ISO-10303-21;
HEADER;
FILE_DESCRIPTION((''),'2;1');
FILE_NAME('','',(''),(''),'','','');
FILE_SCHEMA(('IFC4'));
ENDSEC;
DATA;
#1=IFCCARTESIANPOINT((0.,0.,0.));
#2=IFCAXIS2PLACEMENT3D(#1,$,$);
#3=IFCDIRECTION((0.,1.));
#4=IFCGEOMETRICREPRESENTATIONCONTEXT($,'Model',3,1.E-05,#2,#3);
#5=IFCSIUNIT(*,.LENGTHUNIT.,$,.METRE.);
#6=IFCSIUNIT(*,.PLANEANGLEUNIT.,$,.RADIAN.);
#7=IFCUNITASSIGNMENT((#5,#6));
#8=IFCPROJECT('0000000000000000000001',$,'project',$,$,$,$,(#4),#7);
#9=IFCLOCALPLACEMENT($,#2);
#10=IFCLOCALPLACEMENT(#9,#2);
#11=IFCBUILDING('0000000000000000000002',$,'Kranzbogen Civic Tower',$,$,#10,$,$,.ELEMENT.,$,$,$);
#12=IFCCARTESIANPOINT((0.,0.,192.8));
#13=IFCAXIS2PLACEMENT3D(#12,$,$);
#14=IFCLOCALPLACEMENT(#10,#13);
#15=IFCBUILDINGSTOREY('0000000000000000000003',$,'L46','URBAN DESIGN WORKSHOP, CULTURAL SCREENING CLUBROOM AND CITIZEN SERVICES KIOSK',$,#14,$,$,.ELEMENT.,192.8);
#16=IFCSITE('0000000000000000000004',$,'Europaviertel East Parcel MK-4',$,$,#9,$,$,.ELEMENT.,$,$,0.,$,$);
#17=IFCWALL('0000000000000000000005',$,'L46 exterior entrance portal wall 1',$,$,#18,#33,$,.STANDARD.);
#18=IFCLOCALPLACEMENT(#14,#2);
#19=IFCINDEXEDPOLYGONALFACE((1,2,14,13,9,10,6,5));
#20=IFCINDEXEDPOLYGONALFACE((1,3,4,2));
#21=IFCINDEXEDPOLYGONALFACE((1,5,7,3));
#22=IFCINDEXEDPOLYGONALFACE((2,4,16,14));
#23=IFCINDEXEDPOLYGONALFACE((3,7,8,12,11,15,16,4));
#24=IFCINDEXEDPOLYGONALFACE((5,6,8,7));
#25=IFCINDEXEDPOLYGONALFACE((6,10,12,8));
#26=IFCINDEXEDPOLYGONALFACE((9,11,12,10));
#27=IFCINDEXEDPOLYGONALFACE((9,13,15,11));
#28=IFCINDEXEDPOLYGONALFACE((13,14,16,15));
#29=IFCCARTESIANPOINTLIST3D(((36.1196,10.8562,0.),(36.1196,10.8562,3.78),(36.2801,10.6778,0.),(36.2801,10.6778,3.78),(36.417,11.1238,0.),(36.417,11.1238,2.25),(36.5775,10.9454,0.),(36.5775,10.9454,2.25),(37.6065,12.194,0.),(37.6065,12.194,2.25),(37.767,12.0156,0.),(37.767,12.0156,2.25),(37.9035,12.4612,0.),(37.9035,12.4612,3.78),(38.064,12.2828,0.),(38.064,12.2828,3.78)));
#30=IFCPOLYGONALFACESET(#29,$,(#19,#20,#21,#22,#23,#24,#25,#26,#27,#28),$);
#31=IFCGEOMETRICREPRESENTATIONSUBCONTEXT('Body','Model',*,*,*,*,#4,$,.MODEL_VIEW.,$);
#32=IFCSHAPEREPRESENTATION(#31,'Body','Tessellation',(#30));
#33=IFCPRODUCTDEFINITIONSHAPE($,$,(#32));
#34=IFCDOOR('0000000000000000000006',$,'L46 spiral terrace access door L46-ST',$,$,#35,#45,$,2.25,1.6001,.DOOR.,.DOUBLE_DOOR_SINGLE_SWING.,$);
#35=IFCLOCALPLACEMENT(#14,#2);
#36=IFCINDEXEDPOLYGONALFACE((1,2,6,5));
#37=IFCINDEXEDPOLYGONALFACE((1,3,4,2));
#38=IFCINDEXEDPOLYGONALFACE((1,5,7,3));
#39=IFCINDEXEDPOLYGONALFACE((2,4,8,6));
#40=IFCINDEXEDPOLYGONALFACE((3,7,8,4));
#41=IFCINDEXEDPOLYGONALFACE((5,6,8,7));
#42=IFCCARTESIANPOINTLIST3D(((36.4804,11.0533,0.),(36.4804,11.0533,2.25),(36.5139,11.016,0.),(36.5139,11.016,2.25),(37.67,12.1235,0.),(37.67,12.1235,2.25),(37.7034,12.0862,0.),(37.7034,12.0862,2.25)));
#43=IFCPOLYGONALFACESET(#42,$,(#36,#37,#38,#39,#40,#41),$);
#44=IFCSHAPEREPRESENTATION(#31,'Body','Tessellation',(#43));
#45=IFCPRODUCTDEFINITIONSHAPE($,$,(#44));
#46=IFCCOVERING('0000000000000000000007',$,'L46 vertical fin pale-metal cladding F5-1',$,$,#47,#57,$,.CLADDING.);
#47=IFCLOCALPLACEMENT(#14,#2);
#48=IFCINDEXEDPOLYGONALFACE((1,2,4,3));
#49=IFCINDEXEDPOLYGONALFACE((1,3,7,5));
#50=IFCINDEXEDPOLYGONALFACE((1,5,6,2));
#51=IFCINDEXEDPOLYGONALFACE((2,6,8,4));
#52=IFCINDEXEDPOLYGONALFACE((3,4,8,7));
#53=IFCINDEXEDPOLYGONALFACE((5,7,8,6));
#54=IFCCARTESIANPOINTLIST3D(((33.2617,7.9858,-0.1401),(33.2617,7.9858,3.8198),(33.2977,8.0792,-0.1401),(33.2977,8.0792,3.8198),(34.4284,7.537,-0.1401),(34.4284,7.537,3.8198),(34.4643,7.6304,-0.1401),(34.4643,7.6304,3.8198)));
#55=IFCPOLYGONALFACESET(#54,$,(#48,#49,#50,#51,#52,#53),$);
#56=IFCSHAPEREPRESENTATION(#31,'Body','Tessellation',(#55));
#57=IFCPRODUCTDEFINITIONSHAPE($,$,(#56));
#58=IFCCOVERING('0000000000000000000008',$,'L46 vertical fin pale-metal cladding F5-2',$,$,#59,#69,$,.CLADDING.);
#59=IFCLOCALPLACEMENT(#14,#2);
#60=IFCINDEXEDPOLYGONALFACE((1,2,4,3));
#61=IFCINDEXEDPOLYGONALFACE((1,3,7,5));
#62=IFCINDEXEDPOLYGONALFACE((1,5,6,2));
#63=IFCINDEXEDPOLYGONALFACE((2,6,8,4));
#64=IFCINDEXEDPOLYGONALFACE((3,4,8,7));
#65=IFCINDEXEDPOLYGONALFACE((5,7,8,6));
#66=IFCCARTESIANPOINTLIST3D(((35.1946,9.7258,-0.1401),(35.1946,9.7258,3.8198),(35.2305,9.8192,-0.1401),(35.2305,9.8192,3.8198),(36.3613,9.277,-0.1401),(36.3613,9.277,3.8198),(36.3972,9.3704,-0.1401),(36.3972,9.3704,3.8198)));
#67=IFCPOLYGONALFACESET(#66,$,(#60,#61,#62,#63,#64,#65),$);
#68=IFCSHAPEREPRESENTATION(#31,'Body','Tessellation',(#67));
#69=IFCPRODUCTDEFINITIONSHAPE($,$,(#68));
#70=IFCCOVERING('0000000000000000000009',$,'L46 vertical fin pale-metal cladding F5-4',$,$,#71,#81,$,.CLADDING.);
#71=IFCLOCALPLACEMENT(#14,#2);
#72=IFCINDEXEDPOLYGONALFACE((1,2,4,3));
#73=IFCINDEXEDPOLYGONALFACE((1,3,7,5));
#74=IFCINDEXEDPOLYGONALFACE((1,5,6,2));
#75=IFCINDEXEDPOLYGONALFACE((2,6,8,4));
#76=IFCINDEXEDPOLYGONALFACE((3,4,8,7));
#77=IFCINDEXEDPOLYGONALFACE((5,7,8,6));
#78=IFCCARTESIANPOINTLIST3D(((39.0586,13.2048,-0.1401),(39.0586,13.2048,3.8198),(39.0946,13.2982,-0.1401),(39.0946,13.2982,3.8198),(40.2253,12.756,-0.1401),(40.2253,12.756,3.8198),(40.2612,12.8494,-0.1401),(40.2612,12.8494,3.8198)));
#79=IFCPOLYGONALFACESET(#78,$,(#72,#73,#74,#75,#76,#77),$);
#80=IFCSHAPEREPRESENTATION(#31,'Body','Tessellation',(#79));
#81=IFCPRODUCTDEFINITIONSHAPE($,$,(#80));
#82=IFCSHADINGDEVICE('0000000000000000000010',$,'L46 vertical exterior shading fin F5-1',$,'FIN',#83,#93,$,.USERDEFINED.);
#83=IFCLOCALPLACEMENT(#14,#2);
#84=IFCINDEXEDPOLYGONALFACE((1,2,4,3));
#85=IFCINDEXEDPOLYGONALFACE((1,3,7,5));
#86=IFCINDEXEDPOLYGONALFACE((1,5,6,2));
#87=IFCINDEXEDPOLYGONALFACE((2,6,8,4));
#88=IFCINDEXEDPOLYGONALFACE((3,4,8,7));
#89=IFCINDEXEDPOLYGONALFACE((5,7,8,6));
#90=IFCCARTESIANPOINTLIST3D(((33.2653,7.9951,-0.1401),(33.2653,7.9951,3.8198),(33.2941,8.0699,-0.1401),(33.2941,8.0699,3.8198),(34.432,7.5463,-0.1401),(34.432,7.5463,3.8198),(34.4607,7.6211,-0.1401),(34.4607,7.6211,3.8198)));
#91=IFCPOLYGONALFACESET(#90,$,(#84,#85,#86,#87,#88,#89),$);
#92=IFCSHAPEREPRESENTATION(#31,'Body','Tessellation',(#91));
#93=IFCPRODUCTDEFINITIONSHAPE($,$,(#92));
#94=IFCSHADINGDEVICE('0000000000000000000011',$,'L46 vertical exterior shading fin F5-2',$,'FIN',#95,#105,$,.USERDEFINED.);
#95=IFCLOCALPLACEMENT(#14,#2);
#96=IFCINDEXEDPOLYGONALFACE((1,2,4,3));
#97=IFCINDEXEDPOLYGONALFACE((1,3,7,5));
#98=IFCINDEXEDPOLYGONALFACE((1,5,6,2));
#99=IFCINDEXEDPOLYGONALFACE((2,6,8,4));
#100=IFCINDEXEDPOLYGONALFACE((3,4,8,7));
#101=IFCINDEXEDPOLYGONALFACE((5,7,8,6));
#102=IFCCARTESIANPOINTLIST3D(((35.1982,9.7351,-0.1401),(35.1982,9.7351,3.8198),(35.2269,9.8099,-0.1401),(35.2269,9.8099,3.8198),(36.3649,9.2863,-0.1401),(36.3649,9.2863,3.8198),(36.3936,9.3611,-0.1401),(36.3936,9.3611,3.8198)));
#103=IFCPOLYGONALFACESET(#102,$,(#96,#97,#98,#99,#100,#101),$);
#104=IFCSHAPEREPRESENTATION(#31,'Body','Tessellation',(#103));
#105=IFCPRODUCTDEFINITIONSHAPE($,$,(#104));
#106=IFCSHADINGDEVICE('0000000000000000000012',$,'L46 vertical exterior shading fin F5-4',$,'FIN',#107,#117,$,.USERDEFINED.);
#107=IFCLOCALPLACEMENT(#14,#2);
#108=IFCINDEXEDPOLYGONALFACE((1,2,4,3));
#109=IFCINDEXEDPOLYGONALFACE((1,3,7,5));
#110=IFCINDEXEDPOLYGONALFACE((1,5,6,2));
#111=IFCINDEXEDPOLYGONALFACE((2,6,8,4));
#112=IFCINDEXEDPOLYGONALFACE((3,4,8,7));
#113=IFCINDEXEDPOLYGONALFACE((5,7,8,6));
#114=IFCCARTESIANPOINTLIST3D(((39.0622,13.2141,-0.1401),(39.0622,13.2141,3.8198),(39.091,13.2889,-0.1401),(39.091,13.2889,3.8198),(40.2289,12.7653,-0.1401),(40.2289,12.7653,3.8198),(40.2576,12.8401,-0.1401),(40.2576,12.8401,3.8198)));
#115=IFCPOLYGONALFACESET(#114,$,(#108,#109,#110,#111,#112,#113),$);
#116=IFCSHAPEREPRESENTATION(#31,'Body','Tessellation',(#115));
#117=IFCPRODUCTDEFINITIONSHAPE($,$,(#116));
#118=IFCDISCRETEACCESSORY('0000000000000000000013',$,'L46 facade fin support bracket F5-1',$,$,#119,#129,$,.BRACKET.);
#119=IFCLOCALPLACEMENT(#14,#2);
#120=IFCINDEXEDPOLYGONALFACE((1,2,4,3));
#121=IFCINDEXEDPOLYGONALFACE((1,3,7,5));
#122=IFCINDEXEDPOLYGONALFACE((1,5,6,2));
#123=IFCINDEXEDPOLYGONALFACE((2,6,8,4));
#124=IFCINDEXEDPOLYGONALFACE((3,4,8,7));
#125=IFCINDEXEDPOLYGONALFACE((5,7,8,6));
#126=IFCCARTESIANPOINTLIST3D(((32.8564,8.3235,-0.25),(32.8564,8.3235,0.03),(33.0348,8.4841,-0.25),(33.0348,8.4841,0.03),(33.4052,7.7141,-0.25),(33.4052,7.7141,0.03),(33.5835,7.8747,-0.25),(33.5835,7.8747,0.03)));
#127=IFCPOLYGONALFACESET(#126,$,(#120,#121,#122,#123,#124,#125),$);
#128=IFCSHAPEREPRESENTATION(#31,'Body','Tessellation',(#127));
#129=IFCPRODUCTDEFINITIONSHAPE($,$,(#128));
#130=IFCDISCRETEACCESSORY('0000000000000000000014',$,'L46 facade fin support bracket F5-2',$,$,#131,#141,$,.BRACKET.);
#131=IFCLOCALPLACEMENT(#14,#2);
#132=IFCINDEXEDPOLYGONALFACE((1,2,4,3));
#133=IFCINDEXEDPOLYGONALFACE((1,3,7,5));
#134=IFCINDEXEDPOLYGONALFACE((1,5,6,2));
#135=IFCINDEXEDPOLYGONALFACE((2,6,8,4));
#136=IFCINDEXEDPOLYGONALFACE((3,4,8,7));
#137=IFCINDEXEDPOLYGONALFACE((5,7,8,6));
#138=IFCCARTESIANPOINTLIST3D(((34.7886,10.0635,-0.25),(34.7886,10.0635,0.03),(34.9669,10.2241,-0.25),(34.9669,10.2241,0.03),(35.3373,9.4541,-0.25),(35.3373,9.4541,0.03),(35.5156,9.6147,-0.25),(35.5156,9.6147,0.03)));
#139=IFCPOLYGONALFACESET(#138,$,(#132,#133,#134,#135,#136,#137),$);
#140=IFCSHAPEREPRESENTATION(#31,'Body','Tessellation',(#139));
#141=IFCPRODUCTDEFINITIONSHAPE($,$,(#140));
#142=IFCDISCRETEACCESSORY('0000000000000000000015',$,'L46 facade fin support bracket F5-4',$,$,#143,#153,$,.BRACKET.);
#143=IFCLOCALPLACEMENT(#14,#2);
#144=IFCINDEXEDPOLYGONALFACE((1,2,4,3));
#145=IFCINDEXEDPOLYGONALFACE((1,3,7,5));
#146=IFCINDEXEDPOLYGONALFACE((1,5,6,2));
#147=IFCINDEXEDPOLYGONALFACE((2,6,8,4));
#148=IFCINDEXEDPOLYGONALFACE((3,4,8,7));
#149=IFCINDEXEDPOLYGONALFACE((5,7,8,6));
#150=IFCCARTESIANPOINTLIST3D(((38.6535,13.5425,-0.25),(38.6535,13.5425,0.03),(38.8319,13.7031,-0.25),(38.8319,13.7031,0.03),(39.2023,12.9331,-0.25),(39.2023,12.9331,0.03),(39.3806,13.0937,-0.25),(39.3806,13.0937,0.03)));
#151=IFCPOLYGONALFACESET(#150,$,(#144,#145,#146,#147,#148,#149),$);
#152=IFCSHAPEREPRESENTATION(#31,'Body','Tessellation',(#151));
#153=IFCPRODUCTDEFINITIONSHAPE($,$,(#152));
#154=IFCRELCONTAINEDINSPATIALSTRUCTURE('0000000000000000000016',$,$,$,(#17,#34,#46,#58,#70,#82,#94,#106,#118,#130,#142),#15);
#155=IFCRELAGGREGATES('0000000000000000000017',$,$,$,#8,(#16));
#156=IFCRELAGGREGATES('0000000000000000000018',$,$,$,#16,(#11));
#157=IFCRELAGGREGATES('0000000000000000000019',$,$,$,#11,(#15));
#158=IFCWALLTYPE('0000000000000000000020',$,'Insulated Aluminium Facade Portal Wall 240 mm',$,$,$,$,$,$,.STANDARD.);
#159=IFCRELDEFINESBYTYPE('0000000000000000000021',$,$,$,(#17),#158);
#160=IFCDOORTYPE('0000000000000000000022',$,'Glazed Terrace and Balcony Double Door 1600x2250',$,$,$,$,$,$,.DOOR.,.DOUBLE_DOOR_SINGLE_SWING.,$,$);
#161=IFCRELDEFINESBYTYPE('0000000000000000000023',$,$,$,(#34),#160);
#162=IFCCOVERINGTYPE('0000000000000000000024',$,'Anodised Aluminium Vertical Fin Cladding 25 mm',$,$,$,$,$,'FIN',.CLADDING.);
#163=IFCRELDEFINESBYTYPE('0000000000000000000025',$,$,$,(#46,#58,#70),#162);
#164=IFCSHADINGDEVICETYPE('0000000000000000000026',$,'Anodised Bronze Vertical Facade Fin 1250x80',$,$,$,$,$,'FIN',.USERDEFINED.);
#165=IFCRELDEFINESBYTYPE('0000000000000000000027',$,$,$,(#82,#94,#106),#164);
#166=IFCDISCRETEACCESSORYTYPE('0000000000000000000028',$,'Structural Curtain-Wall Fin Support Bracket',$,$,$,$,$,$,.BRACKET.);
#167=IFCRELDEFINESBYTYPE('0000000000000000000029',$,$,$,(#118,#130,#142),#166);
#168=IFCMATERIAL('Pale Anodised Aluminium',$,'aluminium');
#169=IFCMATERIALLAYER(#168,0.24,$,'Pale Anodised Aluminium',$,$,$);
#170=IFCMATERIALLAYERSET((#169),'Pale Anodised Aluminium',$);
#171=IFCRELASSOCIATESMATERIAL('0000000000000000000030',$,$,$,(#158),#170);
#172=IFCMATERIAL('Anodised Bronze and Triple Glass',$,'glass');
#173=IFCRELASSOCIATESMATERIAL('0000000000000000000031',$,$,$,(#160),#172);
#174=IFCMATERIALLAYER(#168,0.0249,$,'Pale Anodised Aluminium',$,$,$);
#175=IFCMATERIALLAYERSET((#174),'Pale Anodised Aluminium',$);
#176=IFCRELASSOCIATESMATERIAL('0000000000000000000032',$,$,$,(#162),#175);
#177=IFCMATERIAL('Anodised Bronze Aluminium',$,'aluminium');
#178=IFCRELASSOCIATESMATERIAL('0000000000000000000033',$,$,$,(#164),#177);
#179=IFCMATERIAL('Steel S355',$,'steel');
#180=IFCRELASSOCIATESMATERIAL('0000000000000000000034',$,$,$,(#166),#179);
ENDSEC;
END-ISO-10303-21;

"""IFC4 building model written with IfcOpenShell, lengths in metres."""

from ifc_helpers import new_model, si_unit, direction, frame, frame_2d, origin, origin_2d, place, context, subcontext, project, spatial, rectangle, extrude, material, layer, layer_set, type_object, element, fill, save


model = new_model("IFC4")

# Units and contexts
model_context = context("Model", 3, precision=1e-05, world=origin(), true_north=direction((0.0, 1.0)))
body_context = subcontext(model_context, "Body", "Model", "MODEL_VIEW")
ifc_project = project(units=[si_unit("LENGTHUNIT", "METRE"), si_unit("PLANEANGLEUNIT", "RADIAN")], contexts=[model_context])

# Site, building, storey
site_placement = place(None, origin())
site = spatial("IfcSite", under=ifc_project, at=site_placement, Name="Europaviertel East Parcel MK-4", CompositionType="ELEMENT", RefElevation=0.0)
building_placement = place(site_placement, origin())
building = spatial("IfcBuilding", under=site, at=building_placement, Name="Kranzbogen Civic Tower", CompositionType="ELEMENT")
storey_placement = place(building_placement, frame((0.0, 0.0, 192.8)))
storey = spatial("IfcBuildingStorey", under=building, at=storey_placement, Name="L46", Description="URBAN DESIGN WORKSHOP, CULTURAL SCREENING CLUBROOM AND CITIZEN SERVICES KIOSK", CompositionType="ELEMENT", Elevation=192.8)

# Shared definitions
ifc_material_1 = material(Name="Steel S355", Category="steel")

# Shared definitions
ifc_material_2 = material(Name="Pale Anodised Aluminium", Category="aluminium")

# Wall, opening, door
ifc_layer_1 = layer(ifc_material_2, 0.24, Name="Pale Anodised Aluminium")
ifc_layer_set_1 = layer_set([ifc_layer_1], Name="Pale Anodised Aluminium")
wall_type_1 = type_object("IfcWallType", Name="Insulated Aluminium Facade Portal Wall 240 mm", PredefinedType="STANDARD", material=ifc_layer_set_1)
wall_1_placement = place(storey_placement, frame((36.2, 10.7671, 0.0), z_axis=(0.0, 0.0, 1.0), x_axis=(0.74341, 0.668835, 0.0)))
wall_1 = element("IfcWall", 1, at=wall_1_placement, inside=storey, type_object=wall_type_1, Name="L46 exterior entrance portal wall 1", PredefinedType="STANDARD", context=body_context, shape_type="SweptSolid", body=[
    extrude(rectangle(XDim=2.3997, YDim=0.24, at=frame_2d((1.1997, 0.0))), origin(), (0.0, 0.0, 1.0), 3.78),
])
opening_placement = place(wall_1_placement, frame((0.3999, 0.0, 0.0)))
opening = element("IfcOpeningElement", 2, at=opening_placement, cuts=wall_1, PredefinedType="OPENING", context=body_context, shape_type="SweptSolid", body=[
    extrude(rectangle(XDim=1.6001, YDim=2.25, at=frame_2d((0.8, 1.125))), frame((0.0, 0.1299, 0.0), z_axis=(0.0, -1.0, 0.0), x_axis=(1.0, 0.0, 0.0)), (0.0, 0.0, 1.0), 0.26),
])
ifc_material_3 = material(Name="Anodised Bronze and Triple Glass", Category="glass")
door_type = type_object("IfcDoorType", Name="Glazed Terrace and Balcony Double Door 1600x2250", OperationType="DOUBLE_DOOR_SINGLE_SWING", PredefinedType="DOOR", material=ifc_material_3)
door_placement = place(opening_placement, frame((1.6001, 0.0, 0.0), z_axis=(0.0, 0.0, 1.0), x_axis=(-1.0, 0.0, 0.0)))
door = element("IfcDoor", 3, at=door_placement, inside=storey, type_object=door_type, Name="L46 spiral terrace access door L46-ST", OperationType="DOUBLE_DOOR_SINGLE_SWING", OverallHeight=2.25, OverallWidth=1.6001, PredefinedType="DOOR", context=body_context, shape_type="SweptSolid", body=[
    extrude(rectangle(XDim=1.6001, YDim=2.25, at=frame_2d((0.8, 1.125))), frame((0.0, 0.0249, 0.0), z_axis=(0.0, -1.0, 0.0), x_axis=(1.0, 0.0, 0.0)), (0.0, 0.0, 1.0), 0.05),
])
fill(opening, door)

# Coverings
ifc_layer_2 = layer(ifc_material_2, 0.0249, Name="Pale Anodised Aluminium")
ifc_layer_set_2 = layer_set([ifc_layer_2], Name="Pale Anodised Aluminium")
covering_type = type_object("IfcCoveringType", Name="Anodised Aluminium Vertical Fin Cladding 25 mm", ElementType="FIN", PredefinedType="CLADDING", material=ifc_layer_set_2)
for number, where, z_axis, x_axis, name in (
    (4, (33.863, 7.8081, -0.1401), (0.0, 0.0, 1.0), (0.933324, -0.359036, 0.0), "L46 vertical fin pale-metal cladding F5-1"),
    (5, (35.7959, 9.5481, -0.1401), (0.0, 0.0, 1.0), (0.933324, -0.359036, 0.0), "L46 vertical fin pale-metal cladding F5-2"),
    (6, (39.6599, 13.0271, -0.1401), (0.0, 0.0, 1.0), (0.933324, -0.359036, 0.0), "L46 vertical fin pale-metal cladding F5-4"),
):
    element("IfcCovering", number, at=place(storey_placement, frame(where, z_axis=z_axis, x_axis=x_axis)), inside=storey, type_object=covering_type, Name=name, PredefinedType="CLADDING", context=body_context, shape_type="SweptSolid", body=[
        extrude(rectangle(XDim=1.25, YDim=0.1001, at=origin_2d()), origin(), (0.0, 0.0, 1.0), 3.96),
    ])

# Shading devices
ifc_material_4 = material(Name="Anodised Bronze Aluminium", Category="aluminium")
shading_device_type = type_object("IfcShadingDeviceType", Name="Anodised Bronze Vertical Facade Fin 1250x80", ElementType="FIN", PredefinedType="USERDEFINED", material=ifc_material_4)
for number, where, z_axis, x_axis, name in (
    (7, (33.863, 7.8081, -0.1401), (0.0, 0.0, 1.0), (0.933324, -0.359036, 0.0), "L46 vertical exterior shading fin F5-1"),
    (8, (35.7959, 9.5481, -0.1401), (0.0, 0.0, 1.0), (0.933324, -0.359036, 0.0), "L46 vertical exterior shading fin F5-2"),
    (9, (39.6599, 13.0271, -0.1401), (0.0, 0.0, 1.0), (0.933324, -0.359036, 0.0), "L46 vertical exterior shading fin F5-4"),
):
    element("IfcShadingDevice", number, at=place(storey_placement, frame(where, z_axis=z_axis, x_axis=x_axis)), inside=storey, type_object=shading_device_type, Name=name, ObjectType="FIN", PredefinedType="USERDEFINED", context=body_context, shape_type="SweptSolid", body=[
        extrude(rectangle(XDim=1.25, YDim=0.0801, at=origin_2d()), origin(), (0.0, 0.0, 1.0), 3.96),
    ])

# Discrete accessories
discrete_accessory_type = type_object("IfcDiscreteAccessoryType", Name="Structural Curtain-Wall Fin Support Bracket", PredefinedType="BRACKET", material=ifc_material_1)
for number, where, z_axis, x_axis, name in (
    (10, (33.22, 8.0991, -0.25), (0.0, 0.0, 1.0), (0.669131, -0.743145, 0.0), "L46 facade fin support bracket F5-1"),
    (11, (35.1521, 9.8391, -0.25), (0.0, 0.0, 1.0), (0.669131, -0.743145, 0.0), "L46 facade fin support bracket F5-2"),
    (12, (39.0171, 13.3181, -0.25), (0.0, 0.0, 1.0), (0.669131, -0.743145, 0.0), "L46 facade fin support bracket F5-4"),
):
    element("IfcDiscreteAccessory", number, at=place(storey_placement, frame(where, z_axis=z_axis, x_axis=x_axis)), inside=storey, type_object=discrete_accessory_type, Name=name, PredefinedType="BRACKET", context=body_context, shape_type="SweptSolid", body=[
        extrude(rectangle(XDim=0.8201, YDim=0.24, at=origin_2d()), origin(), (0.0, 0.0, 1.0), 0.28),
    ])

save(model, "model.ifc")
